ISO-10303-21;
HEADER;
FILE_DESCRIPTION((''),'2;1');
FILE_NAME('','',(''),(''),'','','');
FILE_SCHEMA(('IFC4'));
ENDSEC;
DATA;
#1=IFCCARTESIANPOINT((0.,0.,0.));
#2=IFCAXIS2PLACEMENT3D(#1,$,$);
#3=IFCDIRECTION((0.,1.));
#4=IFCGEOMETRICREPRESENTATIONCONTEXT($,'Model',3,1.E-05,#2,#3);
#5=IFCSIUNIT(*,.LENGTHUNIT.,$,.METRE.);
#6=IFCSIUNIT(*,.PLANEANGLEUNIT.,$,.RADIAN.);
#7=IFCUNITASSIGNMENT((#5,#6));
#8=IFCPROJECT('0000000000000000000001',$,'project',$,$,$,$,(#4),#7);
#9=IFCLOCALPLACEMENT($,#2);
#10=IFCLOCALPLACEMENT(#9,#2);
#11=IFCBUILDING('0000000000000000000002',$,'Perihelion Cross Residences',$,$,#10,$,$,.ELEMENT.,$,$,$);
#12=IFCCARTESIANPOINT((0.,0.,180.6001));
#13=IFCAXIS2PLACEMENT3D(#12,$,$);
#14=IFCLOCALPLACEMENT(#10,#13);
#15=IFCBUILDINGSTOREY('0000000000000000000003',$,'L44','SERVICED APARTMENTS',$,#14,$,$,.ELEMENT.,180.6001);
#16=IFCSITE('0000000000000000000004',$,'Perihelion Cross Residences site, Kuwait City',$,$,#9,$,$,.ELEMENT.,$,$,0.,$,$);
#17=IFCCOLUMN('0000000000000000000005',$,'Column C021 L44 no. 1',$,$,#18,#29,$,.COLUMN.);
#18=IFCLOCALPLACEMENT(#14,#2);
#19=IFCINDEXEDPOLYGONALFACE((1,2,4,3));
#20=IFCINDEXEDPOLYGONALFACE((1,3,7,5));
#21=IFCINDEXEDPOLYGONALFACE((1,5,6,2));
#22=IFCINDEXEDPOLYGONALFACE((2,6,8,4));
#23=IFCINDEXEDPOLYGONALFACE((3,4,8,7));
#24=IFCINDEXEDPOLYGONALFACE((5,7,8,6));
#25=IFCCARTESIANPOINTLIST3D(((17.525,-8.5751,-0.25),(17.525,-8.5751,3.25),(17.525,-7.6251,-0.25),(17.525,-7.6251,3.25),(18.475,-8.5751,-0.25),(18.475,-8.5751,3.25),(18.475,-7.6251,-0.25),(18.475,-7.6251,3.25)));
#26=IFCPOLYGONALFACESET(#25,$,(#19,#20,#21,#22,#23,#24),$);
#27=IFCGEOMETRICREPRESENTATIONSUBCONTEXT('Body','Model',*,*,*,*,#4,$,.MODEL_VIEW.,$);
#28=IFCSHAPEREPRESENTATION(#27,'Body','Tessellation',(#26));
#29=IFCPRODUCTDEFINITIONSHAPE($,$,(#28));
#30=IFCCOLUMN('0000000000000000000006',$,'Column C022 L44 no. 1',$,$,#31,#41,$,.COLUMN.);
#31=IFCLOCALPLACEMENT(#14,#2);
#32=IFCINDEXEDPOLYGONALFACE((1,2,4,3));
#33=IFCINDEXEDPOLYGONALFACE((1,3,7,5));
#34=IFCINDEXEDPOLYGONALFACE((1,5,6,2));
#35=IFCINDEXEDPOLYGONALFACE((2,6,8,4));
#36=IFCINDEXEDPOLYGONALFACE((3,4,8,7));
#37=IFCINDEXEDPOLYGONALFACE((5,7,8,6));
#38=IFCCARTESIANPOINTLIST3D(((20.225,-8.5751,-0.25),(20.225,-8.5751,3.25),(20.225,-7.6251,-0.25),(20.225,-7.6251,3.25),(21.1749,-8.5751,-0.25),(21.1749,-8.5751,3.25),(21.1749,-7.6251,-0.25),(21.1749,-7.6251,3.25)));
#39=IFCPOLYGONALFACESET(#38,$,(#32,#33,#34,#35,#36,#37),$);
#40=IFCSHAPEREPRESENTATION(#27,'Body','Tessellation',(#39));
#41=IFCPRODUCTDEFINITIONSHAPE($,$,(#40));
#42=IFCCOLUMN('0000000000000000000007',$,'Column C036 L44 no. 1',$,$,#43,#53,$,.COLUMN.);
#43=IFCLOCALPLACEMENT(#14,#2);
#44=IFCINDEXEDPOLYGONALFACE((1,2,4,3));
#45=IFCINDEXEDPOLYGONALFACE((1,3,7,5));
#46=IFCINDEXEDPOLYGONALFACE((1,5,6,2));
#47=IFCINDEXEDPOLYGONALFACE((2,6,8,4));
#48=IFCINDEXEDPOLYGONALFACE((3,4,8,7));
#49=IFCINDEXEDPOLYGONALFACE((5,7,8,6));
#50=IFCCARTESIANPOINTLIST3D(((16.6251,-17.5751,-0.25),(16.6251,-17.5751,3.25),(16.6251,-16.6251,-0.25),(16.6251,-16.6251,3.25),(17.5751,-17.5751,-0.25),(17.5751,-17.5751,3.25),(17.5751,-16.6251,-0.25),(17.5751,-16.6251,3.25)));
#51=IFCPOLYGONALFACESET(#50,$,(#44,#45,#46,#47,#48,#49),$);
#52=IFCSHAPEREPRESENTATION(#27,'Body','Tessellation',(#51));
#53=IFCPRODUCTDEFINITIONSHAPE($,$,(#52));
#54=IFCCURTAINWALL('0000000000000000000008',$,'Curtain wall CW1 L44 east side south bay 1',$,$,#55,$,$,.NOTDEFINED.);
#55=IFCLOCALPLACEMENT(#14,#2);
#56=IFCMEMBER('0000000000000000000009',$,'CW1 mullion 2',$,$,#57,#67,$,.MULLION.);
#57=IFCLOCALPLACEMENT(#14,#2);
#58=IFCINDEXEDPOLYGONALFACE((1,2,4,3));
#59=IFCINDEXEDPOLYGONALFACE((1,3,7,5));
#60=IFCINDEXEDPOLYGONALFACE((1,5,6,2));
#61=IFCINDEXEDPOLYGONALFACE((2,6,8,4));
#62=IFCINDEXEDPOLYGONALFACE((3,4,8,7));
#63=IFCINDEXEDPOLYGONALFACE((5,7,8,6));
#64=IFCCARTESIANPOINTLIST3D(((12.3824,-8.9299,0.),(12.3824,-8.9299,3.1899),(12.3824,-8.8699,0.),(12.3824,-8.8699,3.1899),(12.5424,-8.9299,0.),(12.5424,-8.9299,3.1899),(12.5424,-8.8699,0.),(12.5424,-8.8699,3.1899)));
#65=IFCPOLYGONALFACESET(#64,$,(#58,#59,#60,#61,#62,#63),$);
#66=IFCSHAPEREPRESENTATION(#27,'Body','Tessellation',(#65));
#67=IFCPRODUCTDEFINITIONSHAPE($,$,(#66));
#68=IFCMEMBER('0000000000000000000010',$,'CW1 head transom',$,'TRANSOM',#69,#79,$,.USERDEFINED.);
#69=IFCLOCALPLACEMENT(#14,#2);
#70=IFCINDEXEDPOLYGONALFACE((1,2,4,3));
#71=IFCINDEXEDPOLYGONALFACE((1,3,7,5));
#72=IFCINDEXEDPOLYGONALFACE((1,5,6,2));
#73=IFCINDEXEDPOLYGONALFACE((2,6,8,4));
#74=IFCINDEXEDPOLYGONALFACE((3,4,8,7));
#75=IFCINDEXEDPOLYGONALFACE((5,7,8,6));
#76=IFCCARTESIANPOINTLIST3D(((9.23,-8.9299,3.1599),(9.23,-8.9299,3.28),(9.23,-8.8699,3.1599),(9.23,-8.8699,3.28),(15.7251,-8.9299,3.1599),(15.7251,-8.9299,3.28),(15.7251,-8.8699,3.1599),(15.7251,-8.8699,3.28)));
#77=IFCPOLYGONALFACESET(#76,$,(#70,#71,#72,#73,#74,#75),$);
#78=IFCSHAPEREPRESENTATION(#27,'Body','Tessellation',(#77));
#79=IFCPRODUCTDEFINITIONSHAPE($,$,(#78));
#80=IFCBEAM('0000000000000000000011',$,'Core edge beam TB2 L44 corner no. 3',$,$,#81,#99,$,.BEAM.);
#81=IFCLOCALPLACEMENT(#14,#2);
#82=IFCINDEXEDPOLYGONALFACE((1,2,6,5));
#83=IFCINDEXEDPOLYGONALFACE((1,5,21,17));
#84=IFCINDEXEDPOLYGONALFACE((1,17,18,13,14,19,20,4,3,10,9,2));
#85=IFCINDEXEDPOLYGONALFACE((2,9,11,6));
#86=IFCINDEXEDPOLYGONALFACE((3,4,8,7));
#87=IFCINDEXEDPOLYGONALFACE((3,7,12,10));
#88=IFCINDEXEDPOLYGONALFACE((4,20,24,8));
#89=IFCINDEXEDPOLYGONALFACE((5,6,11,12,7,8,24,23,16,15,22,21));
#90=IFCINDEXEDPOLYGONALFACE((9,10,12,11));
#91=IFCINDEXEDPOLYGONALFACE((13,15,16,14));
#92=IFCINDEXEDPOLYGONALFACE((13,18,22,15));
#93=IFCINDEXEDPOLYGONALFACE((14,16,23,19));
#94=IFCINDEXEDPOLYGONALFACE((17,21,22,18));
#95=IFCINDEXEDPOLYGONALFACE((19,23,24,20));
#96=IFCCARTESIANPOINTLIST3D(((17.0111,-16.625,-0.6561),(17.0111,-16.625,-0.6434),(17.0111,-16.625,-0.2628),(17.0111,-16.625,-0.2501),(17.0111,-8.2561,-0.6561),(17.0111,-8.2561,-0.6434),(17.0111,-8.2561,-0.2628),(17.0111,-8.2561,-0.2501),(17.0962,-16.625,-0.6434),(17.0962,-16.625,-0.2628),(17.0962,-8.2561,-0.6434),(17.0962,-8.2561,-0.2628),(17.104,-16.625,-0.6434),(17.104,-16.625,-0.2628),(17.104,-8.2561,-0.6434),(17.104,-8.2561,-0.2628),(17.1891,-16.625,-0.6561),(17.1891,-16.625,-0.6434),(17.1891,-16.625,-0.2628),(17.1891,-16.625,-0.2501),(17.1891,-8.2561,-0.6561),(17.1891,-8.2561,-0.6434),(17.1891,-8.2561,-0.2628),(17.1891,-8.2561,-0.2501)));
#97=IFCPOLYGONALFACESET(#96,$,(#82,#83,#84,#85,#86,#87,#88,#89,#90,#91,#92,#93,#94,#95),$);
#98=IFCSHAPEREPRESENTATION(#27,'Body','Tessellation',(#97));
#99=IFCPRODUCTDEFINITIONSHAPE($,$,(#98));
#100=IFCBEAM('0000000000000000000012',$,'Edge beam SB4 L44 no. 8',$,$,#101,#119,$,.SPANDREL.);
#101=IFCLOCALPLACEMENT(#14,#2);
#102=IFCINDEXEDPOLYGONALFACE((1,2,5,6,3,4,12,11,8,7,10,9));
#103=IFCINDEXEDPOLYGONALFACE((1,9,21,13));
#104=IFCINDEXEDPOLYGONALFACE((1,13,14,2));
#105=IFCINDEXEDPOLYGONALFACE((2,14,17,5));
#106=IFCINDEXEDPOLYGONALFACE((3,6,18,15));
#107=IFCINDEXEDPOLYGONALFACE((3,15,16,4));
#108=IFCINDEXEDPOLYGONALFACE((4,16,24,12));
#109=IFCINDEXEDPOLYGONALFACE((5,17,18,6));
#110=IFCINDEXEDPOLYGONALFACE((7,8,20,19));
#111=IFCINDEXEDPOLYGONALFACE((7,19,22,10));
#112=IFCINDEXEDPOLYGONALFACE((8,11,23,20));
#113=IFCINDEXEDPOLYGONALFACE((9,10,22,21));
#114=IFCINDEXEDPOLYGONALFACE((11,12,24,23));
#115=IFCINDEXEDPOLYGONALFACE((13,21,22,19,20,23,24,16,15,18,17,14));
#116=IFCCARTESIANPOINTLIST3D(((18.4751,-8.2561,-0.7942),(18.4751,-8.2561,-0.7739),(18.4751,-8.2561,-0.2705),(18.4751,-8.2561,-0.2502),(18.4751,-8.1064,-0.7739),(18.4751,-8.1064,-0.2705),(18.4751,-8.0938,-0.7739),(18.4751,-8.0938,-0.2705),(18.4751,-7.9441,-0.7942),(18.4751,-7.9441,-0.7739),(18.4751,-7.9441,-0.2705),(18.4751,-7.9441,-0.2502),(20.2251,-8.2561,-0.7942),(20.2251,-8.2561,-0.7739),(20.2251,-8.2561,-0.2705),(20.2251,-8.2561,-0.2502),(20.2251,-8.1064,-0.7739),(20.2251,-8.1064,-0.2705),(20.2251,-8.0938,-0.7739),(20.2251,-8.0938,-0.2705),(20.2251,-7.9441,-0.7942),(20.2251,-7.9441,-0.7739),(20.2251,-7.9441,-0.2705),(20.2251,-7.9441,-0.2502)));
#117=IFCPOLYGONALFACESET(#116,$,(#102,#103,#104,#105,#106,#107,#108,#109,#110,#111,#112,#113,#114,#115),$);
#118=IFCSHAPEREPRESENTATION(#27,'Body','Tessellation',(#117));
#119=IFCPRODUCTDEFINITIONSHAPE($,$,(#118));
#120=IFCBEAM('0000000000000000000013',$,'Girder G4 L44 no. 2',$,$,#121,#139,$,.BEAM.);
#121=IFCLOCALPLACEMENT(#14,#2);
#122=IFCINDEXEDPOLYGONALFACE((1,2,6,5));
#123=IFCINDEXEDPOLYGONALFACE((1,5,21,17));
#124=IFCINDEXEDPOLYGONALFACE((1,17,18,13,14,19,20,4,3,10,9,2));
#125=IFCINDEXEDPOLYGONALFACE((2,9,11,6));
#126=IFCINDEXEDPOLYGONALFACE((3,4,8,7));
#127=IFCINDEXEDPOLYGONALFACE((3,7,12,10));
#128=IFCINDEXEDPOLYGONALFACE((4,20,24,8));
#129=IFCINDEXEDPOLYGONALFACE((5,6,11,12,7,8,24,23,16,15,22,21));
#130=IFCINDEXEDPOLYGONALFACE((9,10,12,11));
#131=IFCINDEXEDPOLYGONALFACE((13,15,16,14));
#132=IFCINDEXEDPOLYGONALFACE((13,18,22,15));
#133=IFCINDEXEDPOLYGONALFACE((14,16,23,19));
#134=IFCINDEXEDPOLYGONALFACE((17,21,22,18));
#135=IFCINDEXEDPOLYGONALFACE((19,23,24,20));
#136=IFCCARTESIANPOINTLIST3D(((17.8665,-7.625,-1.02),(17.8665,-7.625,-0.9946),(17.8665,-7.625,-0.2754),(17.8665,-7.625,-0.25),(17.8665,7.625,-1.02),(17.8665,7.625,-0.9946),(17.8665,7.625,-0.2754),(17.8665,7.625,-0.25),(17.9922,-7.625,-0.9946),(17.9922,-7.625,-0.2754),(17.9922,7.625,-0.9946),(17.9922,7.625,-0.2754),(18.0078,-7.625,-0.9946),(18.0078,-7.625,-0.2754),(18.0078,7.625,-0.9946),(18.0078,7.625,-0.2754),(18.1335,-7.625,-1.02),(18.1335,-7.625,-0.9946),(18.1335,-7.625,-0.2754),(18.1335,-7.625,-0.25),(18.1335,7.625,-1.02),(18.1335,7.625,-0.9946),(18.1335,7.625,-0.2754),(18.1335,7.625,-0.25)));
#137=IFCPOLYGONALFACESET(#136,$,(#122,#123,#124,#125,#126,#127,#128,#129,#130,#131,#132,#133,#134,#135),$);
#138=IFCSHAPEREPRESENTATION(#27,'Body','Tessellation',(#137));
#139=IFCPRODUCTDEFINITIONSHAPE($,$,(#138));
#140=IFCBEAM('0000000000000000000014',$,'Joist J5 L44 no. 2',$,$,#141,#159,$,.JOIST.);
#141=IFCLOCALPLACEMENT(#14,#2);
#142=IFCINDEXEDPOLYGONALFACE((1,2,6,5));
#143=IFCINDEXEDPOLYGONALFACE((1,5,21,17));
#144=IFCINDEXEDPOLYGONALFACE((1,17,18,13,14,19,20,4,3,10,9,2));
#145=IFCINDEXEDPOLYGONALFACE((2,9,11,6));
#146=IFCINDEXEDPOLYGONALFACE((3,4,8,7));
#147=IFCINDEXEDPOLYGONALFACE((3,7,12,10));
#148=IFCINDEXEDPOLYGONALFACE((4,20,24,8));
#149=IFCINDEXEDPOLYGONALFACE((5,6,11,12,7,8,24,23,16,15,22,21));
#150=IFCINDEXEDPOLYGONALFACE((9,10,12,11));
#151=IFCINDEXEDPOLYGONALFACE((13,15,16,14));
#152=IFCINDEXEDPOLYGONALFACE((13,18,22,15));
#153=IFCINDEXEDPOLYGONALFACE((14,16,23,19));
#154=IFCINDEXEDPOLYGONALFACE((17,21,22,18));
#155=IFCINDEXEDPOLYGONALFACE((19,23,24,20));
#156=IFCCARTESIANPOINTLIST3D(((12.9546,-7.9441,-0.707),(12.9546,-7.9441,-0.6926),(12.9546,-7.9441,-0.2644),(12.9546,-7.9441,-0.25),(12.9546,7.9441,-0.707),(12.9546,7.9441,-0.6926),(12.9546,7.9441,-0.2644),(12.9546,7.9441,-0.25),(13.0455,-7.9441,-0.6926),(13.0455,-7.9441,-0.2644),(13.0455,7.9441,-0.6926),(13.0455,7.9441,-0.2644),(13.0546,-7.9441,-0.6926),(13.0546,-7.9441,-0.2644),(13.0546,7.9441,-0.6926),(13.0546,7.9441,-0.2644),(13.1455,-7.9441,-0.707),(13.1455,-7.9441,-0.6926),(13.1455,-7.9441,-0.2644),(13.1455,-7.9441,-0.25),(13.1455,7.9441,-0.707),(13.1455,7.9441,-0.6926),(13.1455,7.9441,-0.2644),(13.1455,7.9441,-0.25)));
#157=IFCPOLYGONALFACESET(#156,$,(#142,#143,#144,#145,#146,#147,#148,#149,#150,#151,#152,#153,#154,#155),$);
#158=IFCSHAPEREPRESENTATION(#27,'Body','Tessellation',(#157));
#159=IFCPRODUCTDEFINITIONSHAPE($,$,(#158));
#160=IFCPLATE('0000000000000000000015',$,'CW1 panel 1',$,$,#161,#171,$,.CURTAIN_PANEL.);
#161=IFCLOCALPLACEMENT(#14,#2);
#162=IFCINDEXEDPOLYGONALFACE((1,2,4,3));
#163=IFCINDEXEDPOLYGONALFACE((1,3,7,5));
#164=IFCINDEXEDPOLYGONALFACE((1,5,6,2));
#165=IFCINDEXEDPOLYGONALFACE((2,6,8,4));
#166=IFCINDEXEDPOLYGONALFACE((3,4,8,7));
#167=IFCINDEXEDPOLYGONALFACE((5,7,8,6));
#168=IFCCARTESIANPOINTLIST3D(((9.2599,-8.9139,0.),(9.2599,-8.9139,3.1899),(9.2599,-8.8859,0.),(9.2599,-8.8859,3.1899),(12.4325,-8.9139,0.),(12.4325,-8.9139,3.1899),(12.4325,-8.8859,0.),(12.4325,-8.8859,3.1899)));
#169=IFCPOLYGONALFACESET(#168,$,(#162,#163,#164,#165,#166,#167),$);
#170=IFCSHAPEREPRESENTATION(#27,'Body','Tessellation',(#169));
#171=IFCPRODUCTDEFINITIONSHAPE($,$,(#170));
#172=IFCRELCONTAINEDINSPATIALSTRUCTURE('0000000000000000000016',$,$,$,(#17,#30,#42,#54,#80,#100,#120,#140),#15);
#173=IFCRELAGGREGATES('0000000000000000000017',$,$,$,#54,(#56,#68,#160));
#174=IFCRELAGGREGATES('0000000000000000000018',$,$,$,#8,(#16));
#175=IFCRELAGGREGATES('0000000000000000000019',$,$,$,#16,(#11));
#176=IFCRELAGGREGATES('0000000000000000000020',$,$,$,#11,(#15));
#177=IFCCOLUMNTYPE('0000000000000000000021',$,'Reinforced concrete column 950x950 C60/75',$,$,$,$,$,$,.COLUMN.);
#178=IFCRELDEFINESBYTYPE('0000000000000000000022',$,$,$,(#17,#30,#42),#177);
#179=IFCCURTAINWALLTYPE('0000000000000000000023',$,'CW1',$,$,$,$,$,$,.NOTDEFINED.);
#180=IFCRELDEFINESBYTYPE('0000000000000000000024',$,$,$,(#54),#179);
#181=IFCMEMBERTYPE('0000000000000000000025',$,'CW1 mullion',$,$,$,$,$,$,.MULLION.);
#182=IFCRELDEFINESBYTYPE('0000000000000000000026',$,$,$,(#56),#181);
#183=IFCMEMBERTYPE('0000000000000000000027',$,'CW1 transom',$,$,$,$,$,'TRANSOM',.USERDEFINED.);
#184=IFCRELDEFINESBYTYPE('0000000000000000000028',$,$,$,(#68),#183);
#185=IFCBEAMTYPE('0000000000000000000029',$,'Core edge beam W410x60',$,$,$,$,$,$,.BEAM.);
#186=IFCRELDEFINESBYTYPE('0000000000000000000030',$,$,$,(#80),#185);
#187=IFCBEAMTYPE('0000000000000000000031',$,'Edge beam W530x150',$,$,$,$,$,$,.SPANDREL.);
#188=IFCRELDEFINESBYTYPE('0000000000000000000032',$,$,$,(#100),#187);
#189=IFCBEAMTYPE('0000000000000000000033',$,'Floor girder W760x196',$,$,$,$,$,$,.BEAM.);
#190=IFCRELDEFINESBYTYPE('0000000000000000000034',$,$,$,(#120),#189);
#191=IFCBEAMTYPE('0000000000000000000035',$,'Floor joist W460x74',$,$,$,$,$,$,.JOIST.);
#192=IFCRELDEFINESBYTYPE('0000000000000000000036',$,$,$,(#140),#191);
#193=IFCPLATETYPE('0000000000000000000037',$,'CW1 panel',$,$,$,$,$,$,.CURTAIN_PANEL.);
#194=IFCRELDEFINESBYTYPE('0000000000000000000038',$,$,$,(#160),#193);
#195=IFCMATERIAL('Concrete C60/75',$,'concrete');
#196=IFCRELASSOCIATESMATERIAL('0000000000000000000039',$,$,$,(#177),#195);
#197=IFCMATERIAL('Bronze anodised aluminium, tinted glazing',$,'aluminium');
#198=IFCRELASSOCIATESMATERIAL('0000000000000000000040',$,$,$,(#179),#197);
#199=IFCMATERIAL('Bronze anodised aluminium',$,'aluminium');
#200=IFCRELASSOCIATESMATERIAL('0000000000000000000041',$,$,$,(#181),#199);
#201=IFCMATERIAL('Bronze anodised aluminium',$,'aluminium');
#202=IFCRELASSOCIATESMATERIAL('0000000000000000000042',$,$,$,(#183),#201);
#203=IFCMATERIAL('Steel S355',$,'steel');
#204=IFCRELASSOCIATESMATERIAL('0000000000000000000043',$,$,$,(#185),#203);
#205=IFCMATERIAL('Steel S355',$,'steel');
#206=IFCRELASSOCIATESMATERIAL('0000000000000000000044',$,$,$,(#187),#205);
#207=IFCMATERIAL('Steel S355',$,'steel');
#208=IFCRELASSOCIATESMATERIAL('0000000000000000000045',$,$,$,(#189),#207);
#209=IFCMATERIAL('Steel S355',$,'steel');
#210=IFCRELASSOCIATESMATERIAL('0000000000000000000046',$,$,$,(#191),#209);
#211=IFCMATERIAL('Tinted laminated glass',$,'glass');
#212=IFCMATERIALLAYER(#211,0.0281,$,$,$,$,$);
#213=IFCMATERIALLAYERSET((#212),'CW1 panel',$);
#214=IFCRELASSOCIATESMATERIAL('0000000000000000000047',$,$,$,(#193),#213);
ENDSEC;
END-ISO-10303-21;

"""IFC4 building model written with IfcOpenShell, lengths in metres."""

from ifc_helpers import new_model, si_unit, direction, frame, origin, origin_2d, place, context, subcontext, project, spatial, rectangle, i_section, extrude, material, layer, layer_set, material_profile, profile_set, type_object, element, aggregate, save


model = new_model("IFC4")

# Units and contexts
model_context = context("Model", 3, precision=1e-05, world=origin(), true_north=direction((0.0, 1.0)))
body_context = subcontext(model_context, "Body", "Model", "MODEL_VIEW")
ifc_project = project(units=[si_unit("LENGTHUNIT", "METRE"), si_unit("PLANEANGLEUNIT", "RADIAN")], contexts=[model_context])

# Site, building, storey
site_placement = place(None, origin())
site = spatial("IfcSite", under=ifc_project, at=site_placement, Name="Perihelion Cross Residences site, Kuwait City", CompositionType="ELEMENT", RefElevation=0.0)
building_placement = place(site_placement, origin())
building = spatial("IfcBuilding", under=site, at=building_placement, Name="Perihelion Cross Residences", CompositionType="ELEMENT")
storey_placement = place(building_placement, frame((0.0, 0.0, 180.6001)))
storey = spatial("IfcBuildingStorey", under=building, at=storey_placement, Name="L44", Description="SERVICED APARTMENTS", CompositionType="ELEMENT", Elevation=180.6001)

# Columns
ifc_material_1 = material(Name="Concrete C60/75", Category="concrete")
ifc_material_profile_1 = material_profile(ifc_material_1, rectangle(XDim=0.95, YDim=0.95, at=origin_2d()), Name="RC 950x950")
ifc_profile_set_1 = profile_set([ifc_material_profile_1], Name="Concrete C60/75")
column_type = type_object("IfcColumnType", Name="Reinforced concrete column 950x950 C60/75", PredefinedType="COLUMN", material=ifc_profile_set_1)
for number, where, z_axis, x_axis, name in (
    (1, (18.0, -8.1001, -0.25), (0.0, 0.0, 1.0), (1.0, 0.0, 0.0), "Column C021 L44 no. 1"),
    (2, (20.7, -8.1001, -0.25), (0.0, 0.0, 1.0), (1.0, 0.0, 0.0), "Column C022 L44 no. 1"),
    (3, (17.1001, -17.1001, -0.25), (0.0, 0.0, 1.0), (1.0, 0.0, 0.0), "Column C036 L44 no. 1"),
):
    element("IfcColumn", number, at=place(storey_placement, frame(where, z_axis=z_axis, x_axis=x_axis)), inside=storey, type_object=column_type, Name=name, PredefinedType="COLUMN", context=body_context, shape_type="SweptSolid", body=[
        extrude(rectangle(XDim=0.95, YDim=0.95, at=origin_2d()), origin(), (0.0, 0.0, 1.0), 3.5),
    ])

# Curtain wall, members
ifc_material_2 = material(Name="Bronze anodised aluminium, tinted glazing", Category="aluminium")
curtain_wall_type = type_object("IfcCurtainWallType", Name="CW1", PredefinedType="NOTDEFINED", material=ifc_material_2)
curtain_wall_placement = place(storey_placement, origin())
curtain_wall = element("IfcCurtainWall", 4, at=curtain_wall_placement, inside=storey, type_object=curtain_wall_type, Name="Curtain wall CW1 L44 east side south bay 1", PredefinedType="NOTDEFINED")
ifc_material_3 = material(Name="Bronze anodised aluminium", Category="aluminium")
ifc_material_profile_2 = material_profile(ifc_material_3, rectangle(XDim=0.0601, YDim=0.1599, at=origin_2d()), Name="CW1 mullion")
ifc_profile_set_2 = profile_set([ifc_material_profile_2], Name="Bronze anodised aluminium")
member_type_1 = type_object("IfcMemberType", Name="CW1 mullion", PredefinedType="MULLION", material=ifc_profile_set_2)
member_1_placement = place(storey_placement, frame((12.4624, -8.8999, 0.0), z_axis=(0.0, 0.0, 1.0), x_axis=(0.0, 1.0, 0.0)))
member_1 = element("IfcMember", 5, at=member_1_placement, type_object=member_type_1, Name="CW1 mullion 2", PredefinedType="MULLION", context=body_context, shape_type="SweptSolid", body=[
    extrude(rectangle(XDim=0.0601, YDim=0.1599, at=origin_2d()), origin(), (0.0, 0.0, 1.0), 3.1899),
])
ifc_material_4 = material(Name="Bronze anodised aluminium", Category="aluminium")
ifc_material_profile_3 = material_profile(ifc_material_4, rectangle(XDim=0.0601, YDim=0.1201, at=origin_2d()), Name="CW1 transom")
ifc_profile_set_3 = profile_set([ifc_material_profile_3], Name="Bronze anodised aluminium")
member_type_2 = type_object("IfcMemberType", Name="CW1 transom", ElementType="TRANSOM", PredefinedType="USERDEFINED", material=ifc_profile_set_3)
member_2_placement = place(storey_placement, frame((9.23, -8.8999, 3.22), z_axis=(1.0, 0.0, 0.0), x_axis=(0.0, 1.0, 0.0)))
member_2 = element("IfcMember", 6, at=member_2_placement, type_object=member_type_2, Name="CW1 head transom", ObjectType="TRANSOM", PredefinedType="USERDEFINED", context=body_context, shape_type="SweptSolid", body=[
    extrude(rectangle(XDim=0.0601, YDim=0.1201, at=origin_2d()), origin(), (0.0, 0.0, 1.0), 6.4951),
])

# Beams
ifc_material_5 = material(Name="Steel S355", Category="steel")
ifc_material_profile_4 = material_profile(ifc_material_5, i_section(OverallWidth=0.178, OverallDepth=0.406, WebThickness=0.0078, FlangeThickness=0.0127, at=origin_2d()), Name="W410x60")
ifc_profile_set_4 = profile_set([ifc_material_profile_4], Name="Steel S355")
beam_type_1 = type_object("IfcBeamType", Name="Core edge beam W410x60", PredefinedType="BEAM", material=ifc_profile_set_4)
beam_1_placement = place(storey_placement, frame((17.1001, -8.2561, -0.4531), z_axis=(0.0, -1.0, 0.0), x_axis=(1.0, 0.0, 0.0)))
element("IfcBeam", 7, at=beam_1_placement, inside=storey, type_object=beam_type_1, Name="Core edge beam TB2 L44 corner no. 3", PredefinedType="BEAM", context=body_context, shape_type="SweptSolid", body=[
    extrude(i_section(OverallWidth=0.178, OverallDepth=0.406, WebThickness=0.0078, FlangeThickness=0.0127, at=origin_2d()), origin(), (0.0, 0.0, 1.0), 8.3689),
])
ifc_material_6 = material(Name="Steel S355", Category="steel")
ifc_material_profile_5 = material_profile(ifc_material_6, i_section(OverallWidth=0.312, OverallDepth=0.5439, WebThickness=0.0127, FlangeThickness=0.0203, at=origin_2d()), Name="W530x150")
ifc_profile_set_5 = profile_set([ifc_material_profile_5], Name="Steel S355")
beam_type_2 = type_object("IfcBeamType", Name="Edge beam W530x150", PredefinedType="SPANDREL", material=ifc_profile_set_5)
beam_2_placement = place(storey_placement, frame((18.4751, -8.1001, -0.5222), z_axis=(1.0, 0.0, 0.0), x_axis=(0.0, 1.0, 0.0)))
element("IfcBeam", 8, at=beam_2_placement, inside=storey, type_object=beam_type_2, Name="Edge beam SB4 L44 no. 8", PredefinedType="SPANDREL", context=body_context, shape_type="SweptSolid", body=[
    extrude(i_section(OverallWidth=0.312, OverallDepth=0.5439, WebThickness=0.0127, FlangeThickness=0.0203, at=origin_2d()), origin(), (0.0, 0.0, 1.0), 1.75),
])
ifc_material_7 = material(Name="Steel S355", Category="steel")
ifc_material_profile_6 = material_profile(ifc_material_7, i_section(OverallWidth=0.2671, OverallDepth=0.77, WebThickness=0.0156, FlangeThickness=0.0254, at=origin_2d()), Name="W760x196")
ifc_profile_set_6 = profile_set([ifc_material_profile_6], Name="Steel S355")
beam_type_3 = type_object("IfcBeamType", Name="Floor girder W760x196", PredefinedType="BEAM", material=ifc_profile_set_6)
beam_3_placement = place(storey_placement, frame((18.0, -7.625, -0.635), z_axis=(0.0, 1.0, 0.0), x_axis=(-1.0, 0.0, 0.0)))
element("IfcBeam", 9, at=beam_3_placement, inside=storey, type_object=beam_type_3, Name="Girder G4 L44 no. 2", PredefinedType="BEAM", context=body_context, shape_type="SweptSolid", body=[
    extrude(i_section(OverallWidth=0.2671, OverallDepth=0.77, WebThickness=0.0156, FlangeThickness=0.0254, at=origin_2d()), origin(), (0.0, 0.0, 1.0), 15.25),
])
ifc_material_8 = material(Name="Steel S355", Category="steel")
ifc_material_profile_7 = material_profile(ifc_material_8, i_section(OverallWidth=0.1909, OverallDepth=0.457, WebThickness=0.009, FlangeThickness=0.0144, at=origin_2d()), Name="W460x74")
ifc_profile_set_7 = profile_set([ifc_material_profile_7], Name="Steel S355")
beam_type_4 = type_object("IfcBeamType", Name="Floor joist W460x74", PredefinedType="JOIST", material=ifc_profile_set_7)
beam_4_placement = place(storey_placement, frame((13.05, -7.9441, -0.4785), z_axis=(0.0, 1.0, 0.0), x_axis=(-1.0, 0.0, 0.0)))
element("IfcBeam", 10, at=beam_4_placement, inside=storey, type_object=beam_type_4, Name="Joist J5 L44 no. 2", PredefinedType="JOIST", context=body_context, shape_type="SweptSolid", body=[
    extrude(i_section(OverallWidth=0.1909, OverallDepth=0.457, WebThickness=0.009, FlangeThickness=0.0144, at=origin_2d()), origin(), (0.0, 0.0, 1.0), 15.8882),
])

# Plate
ifc_material_9 = material(Name="Tinted laminated glass", Category="glass")
ifc_layer_1 = layer(ifc_material_9, 0.0281)
ifc_layer_set_1 = layer_set([ifc_layer_1], Name="CW1 panel")
plate_type = type_object("IfcPlateType", Name="CW1 panel", PredefinedType="CURTAIN_PANEL", material=ifc_layer_set_1)
plate_1_placement = place(storey_placement, frame((10.8462, -8.8999, 0.0), z_axis=(0.0, 0.0, 1.0), x_axis=(1.0, 0.0, 0.0)))
plate_1 = element("IfcPlate", 11, at=plate_1_placement, type_object=plate_type, Name="CW1 panel 1", PredefinedType="CURTAIN_PANEL", context=body_context, shape_type="SweptSolid", body=[
    extrude(rectangle(XDim=3.1726, YDim=0.0281, at=origin_2d()), origin(), (0.0, 0.0, 1.0), 3.1899),
])
aggregate(curtain_wall, [member_1, member_2, plate_1])

save(model, "model.ifc")
